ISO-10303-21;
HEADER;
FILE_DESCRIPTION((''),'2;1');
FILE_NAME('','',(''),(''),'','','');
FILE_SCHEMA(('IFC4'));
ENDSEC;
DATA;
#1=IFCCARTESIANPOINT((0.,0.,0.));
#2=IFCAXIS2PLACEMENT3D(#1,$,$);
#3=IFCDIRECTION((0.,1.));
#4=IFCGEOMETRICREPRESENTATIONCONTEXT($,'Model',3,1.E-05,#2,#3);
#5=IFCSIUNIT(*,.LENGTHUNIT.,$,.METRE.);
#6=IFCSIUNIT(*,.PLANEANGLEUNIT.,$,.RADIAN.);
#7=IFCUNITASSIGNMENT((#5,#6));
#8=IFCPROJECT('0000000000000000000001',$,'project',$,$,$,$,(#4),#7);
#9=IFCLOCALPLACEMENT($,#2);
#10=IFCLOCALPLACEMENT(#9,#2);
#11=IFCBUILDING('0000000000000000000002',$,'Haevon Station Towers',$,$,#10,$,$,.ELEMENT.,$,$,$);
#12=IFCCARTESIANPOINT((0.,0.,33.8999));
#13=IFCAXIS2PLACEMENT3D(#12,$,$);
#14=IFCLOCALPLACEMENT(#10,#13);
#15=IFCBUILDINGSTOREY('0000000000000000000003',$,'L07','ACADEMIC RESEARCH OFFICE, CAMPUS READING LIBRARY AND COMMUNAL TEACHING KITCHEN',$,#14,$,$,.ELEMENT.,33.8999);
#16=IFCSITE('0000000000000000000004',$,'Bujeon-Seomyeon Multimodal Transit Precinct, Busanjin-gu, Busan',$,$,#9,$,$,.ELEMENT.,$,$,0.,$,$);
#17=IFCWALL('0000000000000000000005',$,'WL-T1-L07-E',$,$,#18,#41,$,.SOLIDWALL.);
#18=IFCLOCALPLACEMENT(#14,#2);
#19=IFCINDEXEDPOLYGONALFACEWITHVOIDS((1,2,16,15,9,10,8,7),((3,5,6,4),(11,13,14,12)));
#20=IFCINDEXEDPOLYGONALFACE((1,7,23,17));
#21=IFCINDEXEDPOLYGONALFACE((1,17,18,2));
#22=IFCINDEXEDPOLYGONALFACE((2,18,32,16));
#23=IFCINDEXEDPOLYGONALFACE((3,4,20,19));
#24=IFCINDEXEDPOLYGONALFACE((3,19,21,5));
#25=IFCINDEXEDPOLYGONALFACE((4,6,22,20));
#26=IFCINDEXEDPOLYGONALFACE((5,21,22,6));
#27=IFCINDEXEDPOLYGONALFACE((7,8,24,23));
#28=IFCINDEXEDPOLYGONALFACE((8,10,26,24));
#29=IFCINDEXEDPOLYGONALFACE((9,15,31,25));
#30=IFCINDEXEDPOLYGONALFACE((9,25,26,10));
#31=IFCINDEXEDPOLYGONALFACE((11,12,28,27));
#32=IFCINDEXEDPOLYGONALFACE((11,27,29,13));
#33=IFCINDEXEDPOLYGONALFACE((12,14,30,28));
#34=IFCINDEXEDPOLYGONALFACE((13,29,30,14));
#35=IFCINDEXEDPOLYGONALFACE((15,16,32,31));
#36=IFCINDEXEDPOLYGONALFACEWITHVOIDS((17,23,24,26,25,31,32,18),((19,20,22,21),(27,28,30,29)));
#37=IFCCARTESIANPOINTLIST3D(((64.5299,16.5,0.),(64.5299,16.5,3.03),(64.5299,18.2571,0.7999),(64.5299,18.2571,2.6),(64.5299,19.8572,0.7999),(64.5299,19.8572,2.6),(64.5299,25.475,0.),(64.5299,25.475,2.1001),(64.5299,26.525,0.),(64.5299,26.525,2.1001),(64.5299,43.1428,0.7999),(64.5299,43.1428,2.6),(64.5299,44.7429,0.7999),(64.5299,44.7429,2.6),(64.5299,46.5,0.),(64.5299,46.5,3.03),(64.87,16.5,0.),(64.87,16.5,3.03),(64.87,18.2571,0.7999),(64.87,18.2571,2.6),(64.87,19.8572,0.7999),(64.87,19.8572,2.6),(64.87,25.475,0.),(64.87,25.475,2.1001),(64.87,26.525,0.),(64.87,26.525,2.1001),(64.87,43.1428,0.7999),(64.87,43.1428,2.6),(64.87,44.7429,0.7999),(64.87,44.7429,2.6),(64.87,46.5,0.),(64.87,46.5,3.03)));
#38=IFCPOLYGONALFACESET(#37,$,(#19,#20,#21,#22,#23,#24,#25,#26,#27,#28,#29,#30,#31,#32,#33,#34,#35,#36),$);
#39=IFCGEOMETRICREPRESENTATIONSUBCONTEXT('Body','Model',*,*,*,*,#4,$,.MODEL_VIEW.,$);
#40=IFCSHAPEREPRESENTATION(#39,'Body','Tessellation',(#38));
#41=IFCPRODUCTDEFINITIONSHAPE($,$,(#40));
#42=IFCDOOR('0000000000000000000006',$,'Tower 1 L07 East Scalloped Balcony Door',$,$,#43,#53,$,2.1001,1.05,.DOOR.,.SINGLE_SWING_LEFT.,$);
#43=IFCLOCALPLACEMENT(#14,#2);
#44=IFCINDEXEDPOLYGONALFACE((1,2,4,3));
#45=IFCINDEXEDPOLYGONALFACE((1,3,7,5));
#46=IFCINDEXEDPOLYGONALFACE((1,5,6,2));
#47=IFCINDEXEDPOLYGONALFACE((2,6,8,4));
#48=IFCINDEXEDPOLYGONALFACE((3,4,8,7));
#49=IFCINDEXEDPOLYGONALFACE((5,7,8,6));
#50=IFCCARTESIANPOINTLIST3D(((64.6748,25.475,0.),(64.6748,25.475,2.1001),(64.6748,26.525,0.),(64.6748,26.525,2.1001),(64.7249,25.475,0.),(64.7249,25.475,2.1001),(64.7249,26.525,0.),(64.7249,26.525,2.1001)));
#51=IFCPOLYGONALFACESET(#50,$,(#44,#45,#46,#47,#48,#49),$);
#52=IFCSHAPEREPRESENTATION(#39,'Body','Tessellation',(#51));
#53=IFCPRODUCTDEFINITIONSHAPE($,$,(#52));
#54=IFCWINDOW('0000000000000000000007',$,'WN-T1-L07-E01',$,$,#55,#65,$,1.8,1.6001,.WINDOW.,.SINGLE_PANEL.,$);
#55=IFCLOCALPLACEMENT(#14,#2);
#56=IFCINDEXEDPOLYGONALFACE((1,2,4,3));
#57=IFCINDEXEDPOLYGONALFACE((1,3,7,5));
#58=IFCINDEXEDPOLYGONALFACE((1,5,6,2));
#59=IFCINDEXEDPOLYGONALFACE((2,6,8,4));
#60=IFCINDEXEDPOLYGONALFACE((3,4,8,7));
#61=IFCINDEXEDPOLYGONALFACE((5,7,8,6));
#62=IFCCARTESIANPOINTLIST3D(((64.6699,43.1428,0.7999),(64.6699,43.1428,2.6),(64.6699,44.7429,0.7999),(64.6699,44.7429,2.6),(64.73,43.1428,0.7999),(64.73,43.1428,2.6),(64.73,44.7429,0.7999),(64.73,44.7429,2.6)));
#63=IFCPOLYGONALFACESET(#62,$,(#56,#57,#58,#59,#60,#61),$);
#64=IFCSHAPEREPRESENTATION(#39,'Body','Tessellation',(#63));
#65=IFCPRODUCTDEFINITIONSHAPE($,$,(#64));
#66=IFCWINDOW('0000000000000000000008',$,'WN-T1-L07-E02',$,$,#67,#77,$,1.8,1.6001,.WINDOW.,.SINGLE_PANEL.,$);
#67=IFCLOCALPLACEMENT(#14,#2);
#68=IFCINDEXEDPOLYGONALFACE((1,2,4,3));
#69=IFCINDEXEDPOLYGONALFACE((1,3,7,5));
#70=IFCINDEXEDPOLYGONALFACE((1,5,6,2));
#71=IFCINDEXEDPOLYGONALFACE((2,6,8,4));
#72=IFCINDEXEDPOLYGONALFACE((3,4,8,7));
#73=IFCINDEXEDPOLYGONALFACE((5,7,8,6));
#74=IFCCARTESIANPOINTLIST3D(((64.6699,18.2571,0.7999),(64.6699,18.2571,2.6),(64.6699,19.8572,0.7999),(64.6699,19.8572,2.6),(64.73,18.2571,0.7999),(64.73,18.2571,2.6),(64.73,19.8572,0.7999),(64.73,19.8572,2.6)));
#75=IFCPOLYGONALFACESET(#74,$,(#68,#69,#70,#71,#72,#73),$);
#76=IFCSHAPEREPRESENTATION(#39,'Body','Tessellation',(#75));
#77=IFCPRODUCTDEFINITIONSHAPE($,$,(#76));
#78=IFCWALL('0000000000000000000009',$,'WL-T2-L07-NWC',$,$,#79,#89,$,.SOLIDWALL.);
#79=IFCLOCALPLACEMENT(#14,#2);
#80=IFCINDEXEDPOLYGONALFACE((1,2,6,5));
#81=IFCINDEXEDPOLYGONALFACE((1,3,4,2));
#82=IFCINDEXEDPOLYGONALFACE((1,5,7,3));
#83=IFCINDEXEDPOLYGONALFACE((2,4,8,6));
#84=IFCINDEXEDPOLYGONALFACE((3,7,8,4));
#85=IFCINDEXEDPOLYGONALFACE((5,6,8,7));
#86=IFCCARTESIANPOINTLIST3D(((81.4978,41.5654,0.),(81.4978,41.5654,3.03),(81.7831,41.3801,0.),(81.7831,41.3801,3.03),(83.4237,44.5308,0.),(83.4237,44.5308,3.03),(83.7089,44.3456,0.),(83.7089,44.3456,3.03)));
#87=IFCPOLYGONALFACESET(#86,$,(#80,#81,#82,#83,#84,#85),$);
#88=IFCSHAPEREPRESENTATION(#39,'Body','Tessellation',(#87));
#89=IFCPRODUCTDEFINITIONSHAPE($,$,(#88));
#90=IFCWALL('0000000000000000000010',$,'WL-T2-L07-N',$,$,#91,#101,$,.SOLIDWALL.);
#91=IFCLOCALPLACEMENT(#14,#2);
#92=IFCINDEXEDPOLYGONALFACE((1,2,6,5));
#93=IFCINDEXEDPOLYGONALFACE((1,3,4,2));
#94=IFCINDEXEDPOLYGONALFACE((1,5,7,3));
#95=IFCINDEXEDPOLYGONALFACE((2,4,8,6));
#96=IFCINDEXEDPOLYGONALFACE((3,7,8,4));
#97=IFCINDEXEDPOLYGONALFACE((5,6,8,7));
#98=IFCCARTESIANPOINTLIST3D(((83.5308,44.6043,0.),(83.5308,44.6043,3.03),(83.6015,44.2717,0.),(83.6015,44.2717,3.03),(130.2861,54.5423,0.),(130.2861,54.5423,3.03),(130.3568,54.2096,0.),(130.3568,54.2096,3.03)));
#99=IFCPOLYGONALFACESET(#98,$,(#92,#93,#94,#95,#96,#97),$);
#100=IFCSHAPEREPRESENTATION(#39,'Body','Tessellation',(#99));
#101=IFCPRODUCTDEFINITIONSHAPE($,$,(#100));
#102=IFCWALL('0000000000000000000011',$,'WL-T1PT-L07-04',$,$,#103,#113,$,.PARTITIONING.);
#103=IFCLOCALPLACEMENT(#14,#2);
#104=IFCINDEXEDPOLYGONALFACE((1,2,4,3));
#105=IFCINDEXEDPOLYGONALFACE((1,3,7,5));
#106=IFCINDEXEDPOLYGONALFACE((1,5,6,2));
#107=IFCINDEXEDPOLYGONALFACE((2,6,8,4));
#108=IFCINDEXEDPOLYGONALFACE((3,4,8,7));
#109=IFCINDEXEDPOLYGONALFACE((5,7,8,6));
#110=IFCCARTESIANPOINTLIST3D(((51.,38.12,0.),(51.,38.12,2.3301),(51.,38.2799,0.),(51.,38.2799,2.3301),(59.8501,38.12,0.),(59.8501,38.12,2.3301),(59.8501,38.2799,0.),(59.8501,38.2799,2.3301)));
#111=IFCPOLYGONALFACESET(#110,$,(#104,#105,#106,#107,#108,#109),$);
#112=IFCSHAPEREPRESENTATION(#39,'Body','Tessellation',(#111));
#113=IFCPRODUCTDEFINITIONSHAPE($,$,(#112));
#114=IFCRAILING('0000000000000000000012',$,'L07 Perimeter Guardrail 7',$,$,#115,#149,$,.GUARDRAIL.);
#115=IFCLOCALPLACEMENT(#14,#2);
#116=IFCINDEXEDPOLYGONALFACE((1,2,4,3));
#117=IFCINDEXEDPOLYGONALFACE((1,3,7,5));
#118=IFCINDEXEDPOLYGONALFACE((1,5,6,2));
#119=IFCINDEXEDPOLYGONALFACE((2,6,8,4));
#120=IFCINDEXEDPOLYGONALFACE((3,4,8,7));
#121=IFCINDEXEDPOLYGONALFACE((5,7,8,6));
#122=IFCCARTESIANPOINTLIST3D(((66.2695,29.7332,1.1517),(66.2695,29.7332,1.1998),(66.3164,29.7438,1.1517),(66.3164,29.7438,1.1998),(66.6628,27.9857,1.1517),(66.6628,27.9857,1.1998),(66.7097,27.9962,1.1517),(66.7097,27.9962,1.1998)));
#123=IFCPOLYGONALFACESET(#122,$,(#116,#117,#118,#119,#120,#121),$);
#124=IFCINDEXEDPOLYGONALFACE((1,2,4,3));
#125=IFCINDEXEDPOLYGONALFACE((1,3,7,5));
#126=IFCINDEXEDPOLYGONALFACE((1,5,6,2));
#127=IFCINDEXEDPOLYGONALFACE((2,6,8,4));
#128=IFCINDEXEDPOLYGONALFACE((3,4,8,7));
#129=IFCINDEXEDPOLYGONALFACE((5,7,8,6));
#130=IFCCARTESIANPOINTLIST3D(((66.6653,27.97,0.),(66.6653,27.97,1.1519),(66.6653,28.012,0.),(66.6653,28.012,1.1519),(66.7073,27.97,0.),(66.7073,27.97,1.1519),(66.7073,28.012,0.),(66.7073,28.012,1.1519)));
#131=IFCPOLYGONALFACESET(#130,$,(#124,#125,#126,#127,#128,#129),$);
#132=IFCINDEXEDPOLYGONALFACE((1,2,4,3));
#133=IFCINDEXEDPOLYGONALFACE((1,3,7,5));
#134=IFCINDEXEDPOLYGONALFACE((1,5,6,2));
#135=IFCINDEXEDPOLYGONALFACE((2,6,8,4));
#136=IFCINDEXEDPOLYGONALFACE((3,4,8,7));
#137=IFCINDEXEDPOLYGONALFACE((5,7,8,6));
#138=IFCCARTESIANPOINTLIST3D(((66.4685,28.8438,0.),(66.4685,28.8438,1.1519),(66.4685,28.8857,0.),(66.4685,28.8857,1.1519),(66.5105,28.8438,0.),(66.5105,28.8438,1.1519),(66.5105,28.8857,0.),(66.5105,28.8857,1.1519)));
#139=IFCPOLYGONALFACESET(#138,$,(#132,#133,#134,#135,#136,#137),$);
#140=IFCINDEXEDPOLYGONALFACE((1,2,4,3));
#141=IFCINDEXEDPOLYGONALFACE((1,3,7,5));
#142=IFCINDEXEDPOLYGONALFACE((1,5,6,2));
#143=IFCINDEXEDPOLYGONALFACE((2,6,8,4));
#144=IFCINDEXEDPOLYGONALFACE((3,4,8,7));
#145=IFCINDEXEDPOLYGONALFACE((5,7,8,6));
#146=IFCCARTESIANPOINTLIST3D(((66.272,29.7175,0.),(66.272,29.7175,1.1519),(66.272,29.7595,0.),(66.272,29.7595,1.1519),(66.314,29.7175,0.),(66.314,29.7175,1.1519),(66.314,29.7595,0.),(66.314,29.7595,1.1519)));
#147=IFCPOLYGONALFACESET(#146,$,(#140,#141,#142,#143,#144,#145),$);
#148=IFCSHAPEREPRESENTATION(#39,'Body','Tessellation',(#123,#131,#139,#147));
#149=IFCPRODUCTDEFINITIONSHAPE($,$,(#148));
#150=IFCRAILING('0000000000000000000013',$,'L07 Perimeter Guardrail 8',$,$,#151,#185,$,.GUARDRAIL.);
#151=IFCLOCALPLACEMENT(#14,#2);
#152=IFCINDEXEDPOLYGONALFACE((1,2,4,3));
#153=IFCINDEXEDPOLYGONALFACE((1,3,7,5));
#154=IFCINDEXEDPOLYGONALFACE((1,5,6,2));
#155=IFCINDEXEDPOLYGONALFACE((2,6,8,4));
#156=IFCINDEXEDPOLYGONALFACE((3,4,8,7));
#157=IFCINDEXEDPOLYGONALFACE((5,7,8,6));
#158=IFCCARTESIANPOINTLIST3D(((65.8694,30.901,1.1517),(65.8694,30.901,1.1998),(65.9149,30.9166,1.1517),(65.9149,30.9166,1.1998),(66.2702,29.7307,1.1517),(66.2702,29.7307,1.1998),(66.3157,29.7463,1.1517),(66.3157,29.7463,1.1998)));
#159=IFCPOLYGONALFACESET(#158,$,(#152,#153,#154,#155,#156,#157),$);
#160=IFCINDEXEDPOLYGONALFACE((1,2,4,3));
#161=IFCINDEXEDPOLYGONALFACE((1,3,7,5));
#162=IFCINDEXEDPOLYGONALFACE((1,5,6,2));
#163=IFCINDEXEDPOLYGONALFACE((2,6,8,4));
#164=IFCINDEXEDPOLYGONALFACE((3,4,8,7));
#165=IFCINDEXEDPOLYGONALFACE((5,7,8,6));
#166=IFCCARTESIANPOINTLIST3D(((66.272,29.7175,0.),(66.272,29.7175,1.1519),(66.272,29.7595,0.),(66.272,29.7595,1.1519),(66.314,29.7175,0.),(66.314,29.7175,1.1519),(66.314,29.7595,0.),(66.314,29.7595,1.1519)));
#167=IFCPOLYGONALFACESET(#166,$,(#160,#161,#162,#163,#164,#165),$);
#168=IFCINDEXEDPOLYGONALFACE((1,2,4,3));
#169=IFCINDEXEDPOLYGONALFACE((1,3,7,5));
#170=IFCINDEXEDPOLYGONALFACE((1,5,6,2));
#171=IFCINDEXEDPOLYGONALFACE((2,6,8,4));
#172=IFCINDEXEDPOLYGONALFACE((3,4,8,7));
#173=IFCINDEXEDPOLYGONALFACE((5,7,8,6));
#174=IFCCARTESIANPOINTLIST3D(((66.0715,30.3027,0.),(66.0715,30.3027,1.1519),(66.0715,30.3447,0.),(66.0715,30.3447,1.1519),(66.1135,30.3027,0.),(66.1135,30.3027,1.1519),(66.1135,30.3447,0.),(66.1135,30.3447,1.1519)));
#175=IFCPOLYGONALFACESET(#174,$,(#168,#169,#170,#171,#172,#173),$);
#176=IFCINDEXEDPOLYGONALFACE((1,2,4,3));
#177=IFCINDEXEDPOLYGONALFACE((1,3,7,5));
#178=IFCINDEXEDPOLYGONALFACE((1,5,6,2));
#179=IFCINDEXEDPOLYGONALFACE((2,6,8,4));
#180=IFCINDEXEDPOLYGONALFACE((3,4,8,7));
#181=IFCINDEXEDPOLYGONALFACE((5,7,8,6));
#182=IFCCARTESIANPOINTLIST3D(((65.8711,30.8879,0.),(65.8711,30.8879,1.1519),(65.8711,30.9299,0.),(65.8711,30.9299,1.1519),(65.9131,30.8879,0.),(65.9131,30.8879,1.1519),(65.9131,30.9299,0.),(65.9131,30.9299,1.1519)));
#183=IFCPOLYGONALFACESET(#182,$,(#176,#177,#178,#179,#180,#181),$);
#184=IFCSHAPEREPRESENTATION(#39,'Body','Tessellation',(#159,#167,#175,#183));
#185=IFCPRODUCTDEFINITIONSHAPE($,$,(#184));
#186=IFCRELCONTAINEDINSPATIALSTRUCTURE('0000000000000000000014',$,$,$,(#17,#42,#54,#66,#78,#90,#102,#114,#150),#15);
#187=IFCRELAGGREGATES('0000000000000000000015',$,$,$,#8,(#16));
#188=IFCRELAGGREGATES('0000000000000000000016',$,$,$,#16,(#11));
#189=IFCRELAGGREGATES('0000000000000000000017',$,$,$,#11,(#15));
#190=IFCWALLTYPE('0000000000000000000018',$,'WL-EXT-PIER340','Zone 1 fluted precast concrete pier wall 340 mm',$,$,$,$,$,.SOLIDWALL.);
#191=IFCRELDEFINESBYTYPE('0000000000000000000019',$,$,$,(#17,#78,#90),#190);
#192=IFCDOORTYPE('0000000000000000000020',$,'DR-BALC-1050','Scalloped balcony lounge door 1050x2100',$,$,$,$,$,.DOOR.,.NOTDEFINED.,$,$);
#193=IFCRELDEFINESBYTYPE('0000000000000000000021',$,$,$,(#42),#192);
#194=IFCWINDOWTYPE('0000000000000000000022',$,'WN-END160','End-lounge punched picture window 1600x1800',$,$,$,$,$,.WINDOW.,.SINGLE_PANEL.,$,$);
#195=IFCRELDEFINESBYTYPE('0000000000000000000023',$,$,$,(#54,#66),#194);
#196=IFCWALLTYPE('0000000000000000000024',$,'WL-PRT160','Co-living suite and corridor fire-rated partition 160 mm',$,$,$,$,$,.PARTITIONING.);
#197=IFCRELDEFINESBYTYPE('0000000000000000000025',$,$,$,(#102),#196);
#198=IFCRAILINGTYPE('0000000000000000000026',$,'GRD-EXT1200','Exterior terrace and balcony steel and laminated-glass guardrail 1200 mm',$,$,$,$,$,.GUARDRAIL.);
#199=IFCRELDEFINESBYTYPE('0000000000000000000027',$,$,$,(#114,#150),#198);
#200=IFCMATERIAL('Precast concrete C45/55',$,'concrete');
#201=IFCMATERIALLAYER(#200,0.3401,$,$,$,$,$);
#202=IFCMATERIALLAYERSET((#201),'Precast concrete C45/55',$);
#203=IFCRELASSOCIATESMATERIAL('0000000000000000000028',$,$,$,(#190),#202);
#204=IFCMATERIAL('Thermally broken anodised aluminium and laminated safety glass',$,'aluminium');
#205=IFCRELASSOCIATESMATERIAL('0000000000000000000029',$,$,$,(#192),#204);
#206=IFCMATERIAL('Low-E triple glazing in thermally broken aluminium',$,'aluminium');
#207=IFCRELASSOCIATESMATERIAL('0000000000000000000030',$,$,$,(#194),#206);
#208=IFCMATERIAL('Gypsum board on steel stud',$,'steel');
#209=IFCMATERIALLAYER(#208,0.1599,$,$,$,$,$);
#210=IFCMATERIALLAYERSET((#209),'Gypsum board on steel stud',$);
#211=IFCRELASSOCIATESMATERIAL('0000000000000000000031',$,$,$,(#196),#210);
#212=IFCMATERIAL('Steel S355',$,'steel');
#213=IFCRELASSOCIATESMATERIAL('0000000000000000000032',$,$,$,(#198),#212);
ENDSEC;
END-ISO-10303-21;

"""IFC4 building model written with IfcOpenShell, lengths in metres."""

from ifc_helpers import new_model, si_unit, direction, frame, frame_2d, origin, origin_2d, place, context, subcontext, project, spatial, rectangle, extrude, material, layer, layer_set, type_object, element, fill, save


model = new_model("IFC4")

# Units and contexts
model_context = context("Model", 3, precision=1e-05, world=origin(), true_north=direction((0.0, 1.0)))
body_context = subcontext(model_context, "Body", "Model", "MODEL_VIEW")
ifc_project = project(units=[si_unit("LENGTHUNIT", "METRE"), si_unit("PLANEANGLEUNIT", "RADIAN")], contexts=[model_context])

# Site, building, storey
site_placement = place(None, origin())
site = spatial("IfcSite", under=ifc_project, at=site_placement, Name="Bujeon-Seomyeon Multimodal Transit Precinct, Busanjin-gu, Busan", CompositionType="ELEMENT", RefElevation=0.0)
building_placement = place(site_placement, origin())
building = spatial("IfcBuilding", under=site, at=building_placement, Name="Haevon Station Towers", CompositionType="ELEMENT")
storey_placement = place(building_placement, frame((0.0, 0.0, 33.8999)))
storey = spatial("IfcBuildingStorey", under=building, at=storey_placement, Name="L07", Description="ACADEMIC RESEARCH OFFICE, CAMPUS READING LIBRARY AND COMMUNAL TEACHING KITCHEN", CompositionType="ELEMENT", Elevation=33.8999)

# Shared definitions
ifc_material_1 = material(Name="Steel S355", Category="steel")

# Shared definitions
ifc_material_2 = material(Name="Precast concrete C45/55", Category="concrete")
ifc_layer_1 = layer(ifc_material_2, 0.3401)
ifc_layer_set_1 = layer_set([ifc_layer_1], Name="Precast concrete C45/55")
wall_type_1 = type_object("IfcWallType", Name="WL-EXT-PIER340", Description="Zone 1 fluted precast concrete pier wall 340 mm", PredefinedType="SOLIDWALL", material=ifc_layer_set_1)

# Wall, openings, door, windows
wall_1_placement = place(storey_placement, frame((64.7, 46.5, 0.0), z_axis=(0.0, 0.0, 1.0), x_axis=(0.0, -1.0, 0.0)))
wall_1 = element("IfcWall", 1, at=wall_1_placement, inside=storey, type_object=wall_type_1, Name="WL-T1-L07-E", PredefinedType="SOLIDWALL", context=body_context, shape_type="SweptSolid", body=[
    extrude(rectangle(XDim=30.0, YDim=0.3401, at=frame_2d((15.0, 0.0))), origin(), (0.0, 0.0, 1.0), 3.03),
])
opening_1_placement = place(wall_1_placement, frame((19.9751, 0.0, 0.0)))
opening_1 = element("IfcOpeningElement", 2, at=opening_1_placement, cuts=wall_1, PredefinedType="OPENING", context=body_context, shape_type="SweptSolid", body=[
    extrude(rectangle(XDim=1.05, YDim=2.1001, at=frame_2d((0.5249, 1.05))), frame((0.0, 0.1799, 0.0), z_axis=(0.0, -1.0, 0.0), x_axis=(1.0, 0.0, 0.0)), (0.0, 0.0, 1.0), 0.3601),
])
opening_2_placement = place(wall_1_placement, frame((1.7571, 0.0, 0.8)))
opening_2 = element("IfcOpeningElement", 3, at=opening_2_placement, cuts=wall_1, PredefinedType="OPENING", context=body_context, shape_type="SweptSolid", body=[
    extrude(rectangle(XDim=1.6001, YDim=1.8, at=frame_2d((0.8, 0.8999))), frame((0.0, 0.1799, 0.0), z_axis=(0.0, -1.0, 0.0), x_axis=(1.0, 0.0, 0.0)), (0.0, 0.0, 1.0), 0.3601),
])
opening_3_placement = place(wall_1_placement, frame((26.6428, 0.0, 0.8)))
opening_3 = element("IfcOpeningElement", 4, at=opening_3_placement, cuts=wall_1, PredefinedType="OPENING", context=body_context, shape_type="SweptSolid", body=[
    extrude(rectangle(XDim=1.6001, YDim=1.8, at=frame_2d((0.8, 0.8999))), frame((0.0, 0.1799, 0.0), z_axis=(0.0, -1.0, 0.0), x_axis=(1.0, 0.0, 0.0)), (0.0, 0.0, 1.0), 0.3601),
])
ifc_material_3 = material(Name="Thermally broken anodised aluminium and laminated safety glass", Category="aluminium")
door_type = type_object("IfcDoorType", Name="DR-BALC-1050", Description="Scalloped balcony lounge door 1050x2100", OperationType="NOTDEFINED", PredefinedType="DOOR", material=ifc_material_3)
door_placement = place(opening_1_placement, origin())
door = element("IfcDoor", 5, at=door_placement, inside=storey, type_object=door_type, Name="Tower 1 L07 East Scalloped Balcony Door", OperationType="SINGLE_SWING_LEFT", OverallHeight=2.1001, OverallWidth=1.05, PredefinedType="DOOR", context=body_context, shape_type="SweptSolid", body=[
    extrude(rectangle(XDim=1.05, YDim=2.1001, at=frame_2d((0.5249, 1.05))), frame((0.0, 0.0249, 0.0), z_axis=(0.0, -1.0, 0.0), x_axis=(1.0, 0.0, 0.0)), (0.0, 0.0, 1.0), 0.05),
])
fill(opening_1, door)
ifc_material_4 = material(Name="Low-E triple glazing in thermally broken aluminium", Category="aluminium")
window_type = type_object("IfcWindowType", Name="WN-END160", Description="End-lounge punched picture window 1600x1800", PartitioningType="SINGLE_PANEL", PredefinedType="WINDOW", material=ifc_material_4)
window_1_placement = place(opening_2_placement, origin())
window_1 = element("IfcWindow", 6, at=window_1_placement, inside=storey, type_object=window_type, Name="WN-T1-L07-E01", OverallHeight=1.8, OverallWidth=1.6001, PartitioningType="SINGLE_PANEL", PredefinedType="WINDOW", context=body_context, shape_type="SweptSolid", body=[
    extrude(rectangle(XDim=1.6001, YDim=1.8, at=frame_2d((0.8, 0.8999))), frame((0.0, 0.03, 0.0), z_axis=(0.0, -1.0, 0.0), x_axis=(1.0, 0.0, 0.0)), (0.0, 0.0, 1.0), 0.0601),
])
fill(opening_2, window_1)
window_2_placement = place(opening_3_placement, origin())
window_2 = element("IfcWindow", 7, at=window_2_placement, inside=storey, type_object=window_type, Name="WN-T1-L07-E02", OverallHeight=1.8, OverallWidth=1.6001, PartitioningType="SINGLE_PANEL", PredefinedType="WINDOW", context=body_context, shape_type="SweptSolid", body=[
    extrude(rectangle(XDim=1.6001, YDim=1.8, at=frame_2d((0.8, 0.8999))), frame((0.0, 0.03, 0.0), z_axis=(0.0, -1.0, 0.0), x_axis=(1.0, 0.0, 0.0)), (0.0, 0.0, 1.0), 0.0601),
])
fill(opening_3, window_2)

# Walls
wall_2_placement = place(storey_placement, frame((81.6404, 41.4727, 0.0), z_axis=(0.0, 0.0, 1.0), x_axis=(0.544653, 0.838661, 0.0)))
element("IfcWall", 8, at=wall_2_placement, inside=storey, type_object=wall_type_1, Name="WL-T2-L07-NWC", PredefinedType="SOLIDWALL", context=body_context, shape_type="SweptSolid", body=[
    extrude(rectangle(XDim=3.5359, YDim=0.3401, at=frame_2d((1.7681, 0.0))), origin(), (0.0, 0.0, 1.0), 3.03),
])
wall_3_placement = place(storey_placement, frame((83.5662, 44.438, 0.0), z_axis=(0.0, 0.0, 1.0), x_axis=(0.978148, 0.207908, 0.0)))
element("IfcWall", 9, at=wall_3_placement, inside=storey, type_object=wall_type_1, Name="WL-T2-L07-N", PredefinedType="SOLIDWALL", context=body_context, shape_type="SweptSolid", body=[
    extrude(rectangle(XDim=47.7998, YDim=0.3401, at=frame_2d((23.8999, 0.0))), origin(), (0.0, 0.0, 1.0), 3.03),
])
ifc_material_5 = material(Name="Gypsum board on steel stud", Category="steel")
ifc_layer_2 = layer(ifc_material_5, 0.1599)
ifc_layer_set_2 = layer_set([ifc_layer_2], Name="Gypsum board on steel stud")
wall_type_2 = type_object("IfcWallType", Name="WL-PRT160", Description="Co-living suite and corridor fire-rated partition 160 mm", PredefinedType="PARTITIONING", material=ifc_layer_set_2)
wall_4_placement = place(storey_placement, frame((51.0, 38.2, 0.0), z_axis=(0.0, 0.0, 1.0), x_axis=(1.0, 0.0, 0.0)))
element("IfcWall", 10, at=wall_4_placement, inside=storey, type_object=wall_type_2, Name="WL-T1PT-L07-04", PredefinedType="PARTITIONING", context=body_context, shape_type="SweptSolid", body=[
    extrude(rectangle(XDim=8.8501, YDim=0.1599, at=frame_2d((4.425, 0.0))), origin(), (0.0, 0.0, 1.0), 2.3301),
])

# Railings
railing_type = type_object("IfcRailingType", Name="GRD-EXT1200", Description="Exterior terrace and balcony steel and laminated-glass guardrail 1200 mm", PredefinedType="GUARDRAIL", material=ifc_material_1)
railing_1_placement = place(storey_placement, frame((66.6863, 27.991, 0.0)))
element("IfcRailing", 11, at=railing_1_placement, inside=storey, type_object=railing_type, Name="L07 Perimeter Guardrail 7", PredefinedType="GUARDRAIL", context=body_context, shape_type="SweptSolid", body=[
    extrude(rectangle(XDim=0.0481, YDim=0.0481, at=origin_2d()), frame((0.0, 0.0, 1.1758), z_axis=(-0.219571, 0.975597, 0.0), x_axis=(-0.975597, -0.219571, 0.0)), (0.0, 0.0, 1.0), 1.7913),
    extrude(rectangle(XDim=0.042, YDim=0.042, at=origin_2d()), origin(), (0.0, 0.0, 1.0), 1.1519),
    extrude(rectangle(XDim=0.042, YDim=0.042, at=origin_2d()), frame((-0.1968, 0.8738, 0.0)), (0.0, 0.0, 1.0), 1.1519),
    extrude(rectangle(XDim=0.042, YDim=0.042, at=origin_2d()), frame((-0.3933, 1.7476, 0.0)), (0.0, 0.0, 1.0), 1.1519),
])
railing_2_placement = place(storey_placement, frame((66.293, 29.7385, 0.0)))
element("IfcRailing", 12, at=railing_2_placement, inside=storey, type_object=railing_type, Name="L07 Perimeter Guardrail 8", PredefinedType="GUARDRAIL", context=body_context, shape_type="SweptSolid", body=[
    extrude(rectangle(XDim=0.0481, YDim=0.0481, at=origin_2d()), frame((0.0, 0.0, 1.1758), z_axis=(-0.324032, 0.946046, 0.0), x_axis=(-0.946046, -0.324032, 0.0)), (0.0, 0.0, 1.0), 1.2371),
    extrude(rectangle(XDim=0.042, YDim=0.042, at=origin_2d()), origin(), (0.0, 0.0, 1.0), 1.1519),
    extrude(rectangle(XDim=0.042, YDim=0.042, at=origin_2d()), frame((-0.2004, 0.5852, 0.0)), (0.0, 0.0, 1.0), 1.1519),
    extrude(rectangle(XDim=0.042, YDim=0.042, at=origin_2d()), frame((-0.4009, 1.1704, 0.0)), (0.0, 0.0, 1.0), 1.1519),
])

save(model, "model.ifc")
